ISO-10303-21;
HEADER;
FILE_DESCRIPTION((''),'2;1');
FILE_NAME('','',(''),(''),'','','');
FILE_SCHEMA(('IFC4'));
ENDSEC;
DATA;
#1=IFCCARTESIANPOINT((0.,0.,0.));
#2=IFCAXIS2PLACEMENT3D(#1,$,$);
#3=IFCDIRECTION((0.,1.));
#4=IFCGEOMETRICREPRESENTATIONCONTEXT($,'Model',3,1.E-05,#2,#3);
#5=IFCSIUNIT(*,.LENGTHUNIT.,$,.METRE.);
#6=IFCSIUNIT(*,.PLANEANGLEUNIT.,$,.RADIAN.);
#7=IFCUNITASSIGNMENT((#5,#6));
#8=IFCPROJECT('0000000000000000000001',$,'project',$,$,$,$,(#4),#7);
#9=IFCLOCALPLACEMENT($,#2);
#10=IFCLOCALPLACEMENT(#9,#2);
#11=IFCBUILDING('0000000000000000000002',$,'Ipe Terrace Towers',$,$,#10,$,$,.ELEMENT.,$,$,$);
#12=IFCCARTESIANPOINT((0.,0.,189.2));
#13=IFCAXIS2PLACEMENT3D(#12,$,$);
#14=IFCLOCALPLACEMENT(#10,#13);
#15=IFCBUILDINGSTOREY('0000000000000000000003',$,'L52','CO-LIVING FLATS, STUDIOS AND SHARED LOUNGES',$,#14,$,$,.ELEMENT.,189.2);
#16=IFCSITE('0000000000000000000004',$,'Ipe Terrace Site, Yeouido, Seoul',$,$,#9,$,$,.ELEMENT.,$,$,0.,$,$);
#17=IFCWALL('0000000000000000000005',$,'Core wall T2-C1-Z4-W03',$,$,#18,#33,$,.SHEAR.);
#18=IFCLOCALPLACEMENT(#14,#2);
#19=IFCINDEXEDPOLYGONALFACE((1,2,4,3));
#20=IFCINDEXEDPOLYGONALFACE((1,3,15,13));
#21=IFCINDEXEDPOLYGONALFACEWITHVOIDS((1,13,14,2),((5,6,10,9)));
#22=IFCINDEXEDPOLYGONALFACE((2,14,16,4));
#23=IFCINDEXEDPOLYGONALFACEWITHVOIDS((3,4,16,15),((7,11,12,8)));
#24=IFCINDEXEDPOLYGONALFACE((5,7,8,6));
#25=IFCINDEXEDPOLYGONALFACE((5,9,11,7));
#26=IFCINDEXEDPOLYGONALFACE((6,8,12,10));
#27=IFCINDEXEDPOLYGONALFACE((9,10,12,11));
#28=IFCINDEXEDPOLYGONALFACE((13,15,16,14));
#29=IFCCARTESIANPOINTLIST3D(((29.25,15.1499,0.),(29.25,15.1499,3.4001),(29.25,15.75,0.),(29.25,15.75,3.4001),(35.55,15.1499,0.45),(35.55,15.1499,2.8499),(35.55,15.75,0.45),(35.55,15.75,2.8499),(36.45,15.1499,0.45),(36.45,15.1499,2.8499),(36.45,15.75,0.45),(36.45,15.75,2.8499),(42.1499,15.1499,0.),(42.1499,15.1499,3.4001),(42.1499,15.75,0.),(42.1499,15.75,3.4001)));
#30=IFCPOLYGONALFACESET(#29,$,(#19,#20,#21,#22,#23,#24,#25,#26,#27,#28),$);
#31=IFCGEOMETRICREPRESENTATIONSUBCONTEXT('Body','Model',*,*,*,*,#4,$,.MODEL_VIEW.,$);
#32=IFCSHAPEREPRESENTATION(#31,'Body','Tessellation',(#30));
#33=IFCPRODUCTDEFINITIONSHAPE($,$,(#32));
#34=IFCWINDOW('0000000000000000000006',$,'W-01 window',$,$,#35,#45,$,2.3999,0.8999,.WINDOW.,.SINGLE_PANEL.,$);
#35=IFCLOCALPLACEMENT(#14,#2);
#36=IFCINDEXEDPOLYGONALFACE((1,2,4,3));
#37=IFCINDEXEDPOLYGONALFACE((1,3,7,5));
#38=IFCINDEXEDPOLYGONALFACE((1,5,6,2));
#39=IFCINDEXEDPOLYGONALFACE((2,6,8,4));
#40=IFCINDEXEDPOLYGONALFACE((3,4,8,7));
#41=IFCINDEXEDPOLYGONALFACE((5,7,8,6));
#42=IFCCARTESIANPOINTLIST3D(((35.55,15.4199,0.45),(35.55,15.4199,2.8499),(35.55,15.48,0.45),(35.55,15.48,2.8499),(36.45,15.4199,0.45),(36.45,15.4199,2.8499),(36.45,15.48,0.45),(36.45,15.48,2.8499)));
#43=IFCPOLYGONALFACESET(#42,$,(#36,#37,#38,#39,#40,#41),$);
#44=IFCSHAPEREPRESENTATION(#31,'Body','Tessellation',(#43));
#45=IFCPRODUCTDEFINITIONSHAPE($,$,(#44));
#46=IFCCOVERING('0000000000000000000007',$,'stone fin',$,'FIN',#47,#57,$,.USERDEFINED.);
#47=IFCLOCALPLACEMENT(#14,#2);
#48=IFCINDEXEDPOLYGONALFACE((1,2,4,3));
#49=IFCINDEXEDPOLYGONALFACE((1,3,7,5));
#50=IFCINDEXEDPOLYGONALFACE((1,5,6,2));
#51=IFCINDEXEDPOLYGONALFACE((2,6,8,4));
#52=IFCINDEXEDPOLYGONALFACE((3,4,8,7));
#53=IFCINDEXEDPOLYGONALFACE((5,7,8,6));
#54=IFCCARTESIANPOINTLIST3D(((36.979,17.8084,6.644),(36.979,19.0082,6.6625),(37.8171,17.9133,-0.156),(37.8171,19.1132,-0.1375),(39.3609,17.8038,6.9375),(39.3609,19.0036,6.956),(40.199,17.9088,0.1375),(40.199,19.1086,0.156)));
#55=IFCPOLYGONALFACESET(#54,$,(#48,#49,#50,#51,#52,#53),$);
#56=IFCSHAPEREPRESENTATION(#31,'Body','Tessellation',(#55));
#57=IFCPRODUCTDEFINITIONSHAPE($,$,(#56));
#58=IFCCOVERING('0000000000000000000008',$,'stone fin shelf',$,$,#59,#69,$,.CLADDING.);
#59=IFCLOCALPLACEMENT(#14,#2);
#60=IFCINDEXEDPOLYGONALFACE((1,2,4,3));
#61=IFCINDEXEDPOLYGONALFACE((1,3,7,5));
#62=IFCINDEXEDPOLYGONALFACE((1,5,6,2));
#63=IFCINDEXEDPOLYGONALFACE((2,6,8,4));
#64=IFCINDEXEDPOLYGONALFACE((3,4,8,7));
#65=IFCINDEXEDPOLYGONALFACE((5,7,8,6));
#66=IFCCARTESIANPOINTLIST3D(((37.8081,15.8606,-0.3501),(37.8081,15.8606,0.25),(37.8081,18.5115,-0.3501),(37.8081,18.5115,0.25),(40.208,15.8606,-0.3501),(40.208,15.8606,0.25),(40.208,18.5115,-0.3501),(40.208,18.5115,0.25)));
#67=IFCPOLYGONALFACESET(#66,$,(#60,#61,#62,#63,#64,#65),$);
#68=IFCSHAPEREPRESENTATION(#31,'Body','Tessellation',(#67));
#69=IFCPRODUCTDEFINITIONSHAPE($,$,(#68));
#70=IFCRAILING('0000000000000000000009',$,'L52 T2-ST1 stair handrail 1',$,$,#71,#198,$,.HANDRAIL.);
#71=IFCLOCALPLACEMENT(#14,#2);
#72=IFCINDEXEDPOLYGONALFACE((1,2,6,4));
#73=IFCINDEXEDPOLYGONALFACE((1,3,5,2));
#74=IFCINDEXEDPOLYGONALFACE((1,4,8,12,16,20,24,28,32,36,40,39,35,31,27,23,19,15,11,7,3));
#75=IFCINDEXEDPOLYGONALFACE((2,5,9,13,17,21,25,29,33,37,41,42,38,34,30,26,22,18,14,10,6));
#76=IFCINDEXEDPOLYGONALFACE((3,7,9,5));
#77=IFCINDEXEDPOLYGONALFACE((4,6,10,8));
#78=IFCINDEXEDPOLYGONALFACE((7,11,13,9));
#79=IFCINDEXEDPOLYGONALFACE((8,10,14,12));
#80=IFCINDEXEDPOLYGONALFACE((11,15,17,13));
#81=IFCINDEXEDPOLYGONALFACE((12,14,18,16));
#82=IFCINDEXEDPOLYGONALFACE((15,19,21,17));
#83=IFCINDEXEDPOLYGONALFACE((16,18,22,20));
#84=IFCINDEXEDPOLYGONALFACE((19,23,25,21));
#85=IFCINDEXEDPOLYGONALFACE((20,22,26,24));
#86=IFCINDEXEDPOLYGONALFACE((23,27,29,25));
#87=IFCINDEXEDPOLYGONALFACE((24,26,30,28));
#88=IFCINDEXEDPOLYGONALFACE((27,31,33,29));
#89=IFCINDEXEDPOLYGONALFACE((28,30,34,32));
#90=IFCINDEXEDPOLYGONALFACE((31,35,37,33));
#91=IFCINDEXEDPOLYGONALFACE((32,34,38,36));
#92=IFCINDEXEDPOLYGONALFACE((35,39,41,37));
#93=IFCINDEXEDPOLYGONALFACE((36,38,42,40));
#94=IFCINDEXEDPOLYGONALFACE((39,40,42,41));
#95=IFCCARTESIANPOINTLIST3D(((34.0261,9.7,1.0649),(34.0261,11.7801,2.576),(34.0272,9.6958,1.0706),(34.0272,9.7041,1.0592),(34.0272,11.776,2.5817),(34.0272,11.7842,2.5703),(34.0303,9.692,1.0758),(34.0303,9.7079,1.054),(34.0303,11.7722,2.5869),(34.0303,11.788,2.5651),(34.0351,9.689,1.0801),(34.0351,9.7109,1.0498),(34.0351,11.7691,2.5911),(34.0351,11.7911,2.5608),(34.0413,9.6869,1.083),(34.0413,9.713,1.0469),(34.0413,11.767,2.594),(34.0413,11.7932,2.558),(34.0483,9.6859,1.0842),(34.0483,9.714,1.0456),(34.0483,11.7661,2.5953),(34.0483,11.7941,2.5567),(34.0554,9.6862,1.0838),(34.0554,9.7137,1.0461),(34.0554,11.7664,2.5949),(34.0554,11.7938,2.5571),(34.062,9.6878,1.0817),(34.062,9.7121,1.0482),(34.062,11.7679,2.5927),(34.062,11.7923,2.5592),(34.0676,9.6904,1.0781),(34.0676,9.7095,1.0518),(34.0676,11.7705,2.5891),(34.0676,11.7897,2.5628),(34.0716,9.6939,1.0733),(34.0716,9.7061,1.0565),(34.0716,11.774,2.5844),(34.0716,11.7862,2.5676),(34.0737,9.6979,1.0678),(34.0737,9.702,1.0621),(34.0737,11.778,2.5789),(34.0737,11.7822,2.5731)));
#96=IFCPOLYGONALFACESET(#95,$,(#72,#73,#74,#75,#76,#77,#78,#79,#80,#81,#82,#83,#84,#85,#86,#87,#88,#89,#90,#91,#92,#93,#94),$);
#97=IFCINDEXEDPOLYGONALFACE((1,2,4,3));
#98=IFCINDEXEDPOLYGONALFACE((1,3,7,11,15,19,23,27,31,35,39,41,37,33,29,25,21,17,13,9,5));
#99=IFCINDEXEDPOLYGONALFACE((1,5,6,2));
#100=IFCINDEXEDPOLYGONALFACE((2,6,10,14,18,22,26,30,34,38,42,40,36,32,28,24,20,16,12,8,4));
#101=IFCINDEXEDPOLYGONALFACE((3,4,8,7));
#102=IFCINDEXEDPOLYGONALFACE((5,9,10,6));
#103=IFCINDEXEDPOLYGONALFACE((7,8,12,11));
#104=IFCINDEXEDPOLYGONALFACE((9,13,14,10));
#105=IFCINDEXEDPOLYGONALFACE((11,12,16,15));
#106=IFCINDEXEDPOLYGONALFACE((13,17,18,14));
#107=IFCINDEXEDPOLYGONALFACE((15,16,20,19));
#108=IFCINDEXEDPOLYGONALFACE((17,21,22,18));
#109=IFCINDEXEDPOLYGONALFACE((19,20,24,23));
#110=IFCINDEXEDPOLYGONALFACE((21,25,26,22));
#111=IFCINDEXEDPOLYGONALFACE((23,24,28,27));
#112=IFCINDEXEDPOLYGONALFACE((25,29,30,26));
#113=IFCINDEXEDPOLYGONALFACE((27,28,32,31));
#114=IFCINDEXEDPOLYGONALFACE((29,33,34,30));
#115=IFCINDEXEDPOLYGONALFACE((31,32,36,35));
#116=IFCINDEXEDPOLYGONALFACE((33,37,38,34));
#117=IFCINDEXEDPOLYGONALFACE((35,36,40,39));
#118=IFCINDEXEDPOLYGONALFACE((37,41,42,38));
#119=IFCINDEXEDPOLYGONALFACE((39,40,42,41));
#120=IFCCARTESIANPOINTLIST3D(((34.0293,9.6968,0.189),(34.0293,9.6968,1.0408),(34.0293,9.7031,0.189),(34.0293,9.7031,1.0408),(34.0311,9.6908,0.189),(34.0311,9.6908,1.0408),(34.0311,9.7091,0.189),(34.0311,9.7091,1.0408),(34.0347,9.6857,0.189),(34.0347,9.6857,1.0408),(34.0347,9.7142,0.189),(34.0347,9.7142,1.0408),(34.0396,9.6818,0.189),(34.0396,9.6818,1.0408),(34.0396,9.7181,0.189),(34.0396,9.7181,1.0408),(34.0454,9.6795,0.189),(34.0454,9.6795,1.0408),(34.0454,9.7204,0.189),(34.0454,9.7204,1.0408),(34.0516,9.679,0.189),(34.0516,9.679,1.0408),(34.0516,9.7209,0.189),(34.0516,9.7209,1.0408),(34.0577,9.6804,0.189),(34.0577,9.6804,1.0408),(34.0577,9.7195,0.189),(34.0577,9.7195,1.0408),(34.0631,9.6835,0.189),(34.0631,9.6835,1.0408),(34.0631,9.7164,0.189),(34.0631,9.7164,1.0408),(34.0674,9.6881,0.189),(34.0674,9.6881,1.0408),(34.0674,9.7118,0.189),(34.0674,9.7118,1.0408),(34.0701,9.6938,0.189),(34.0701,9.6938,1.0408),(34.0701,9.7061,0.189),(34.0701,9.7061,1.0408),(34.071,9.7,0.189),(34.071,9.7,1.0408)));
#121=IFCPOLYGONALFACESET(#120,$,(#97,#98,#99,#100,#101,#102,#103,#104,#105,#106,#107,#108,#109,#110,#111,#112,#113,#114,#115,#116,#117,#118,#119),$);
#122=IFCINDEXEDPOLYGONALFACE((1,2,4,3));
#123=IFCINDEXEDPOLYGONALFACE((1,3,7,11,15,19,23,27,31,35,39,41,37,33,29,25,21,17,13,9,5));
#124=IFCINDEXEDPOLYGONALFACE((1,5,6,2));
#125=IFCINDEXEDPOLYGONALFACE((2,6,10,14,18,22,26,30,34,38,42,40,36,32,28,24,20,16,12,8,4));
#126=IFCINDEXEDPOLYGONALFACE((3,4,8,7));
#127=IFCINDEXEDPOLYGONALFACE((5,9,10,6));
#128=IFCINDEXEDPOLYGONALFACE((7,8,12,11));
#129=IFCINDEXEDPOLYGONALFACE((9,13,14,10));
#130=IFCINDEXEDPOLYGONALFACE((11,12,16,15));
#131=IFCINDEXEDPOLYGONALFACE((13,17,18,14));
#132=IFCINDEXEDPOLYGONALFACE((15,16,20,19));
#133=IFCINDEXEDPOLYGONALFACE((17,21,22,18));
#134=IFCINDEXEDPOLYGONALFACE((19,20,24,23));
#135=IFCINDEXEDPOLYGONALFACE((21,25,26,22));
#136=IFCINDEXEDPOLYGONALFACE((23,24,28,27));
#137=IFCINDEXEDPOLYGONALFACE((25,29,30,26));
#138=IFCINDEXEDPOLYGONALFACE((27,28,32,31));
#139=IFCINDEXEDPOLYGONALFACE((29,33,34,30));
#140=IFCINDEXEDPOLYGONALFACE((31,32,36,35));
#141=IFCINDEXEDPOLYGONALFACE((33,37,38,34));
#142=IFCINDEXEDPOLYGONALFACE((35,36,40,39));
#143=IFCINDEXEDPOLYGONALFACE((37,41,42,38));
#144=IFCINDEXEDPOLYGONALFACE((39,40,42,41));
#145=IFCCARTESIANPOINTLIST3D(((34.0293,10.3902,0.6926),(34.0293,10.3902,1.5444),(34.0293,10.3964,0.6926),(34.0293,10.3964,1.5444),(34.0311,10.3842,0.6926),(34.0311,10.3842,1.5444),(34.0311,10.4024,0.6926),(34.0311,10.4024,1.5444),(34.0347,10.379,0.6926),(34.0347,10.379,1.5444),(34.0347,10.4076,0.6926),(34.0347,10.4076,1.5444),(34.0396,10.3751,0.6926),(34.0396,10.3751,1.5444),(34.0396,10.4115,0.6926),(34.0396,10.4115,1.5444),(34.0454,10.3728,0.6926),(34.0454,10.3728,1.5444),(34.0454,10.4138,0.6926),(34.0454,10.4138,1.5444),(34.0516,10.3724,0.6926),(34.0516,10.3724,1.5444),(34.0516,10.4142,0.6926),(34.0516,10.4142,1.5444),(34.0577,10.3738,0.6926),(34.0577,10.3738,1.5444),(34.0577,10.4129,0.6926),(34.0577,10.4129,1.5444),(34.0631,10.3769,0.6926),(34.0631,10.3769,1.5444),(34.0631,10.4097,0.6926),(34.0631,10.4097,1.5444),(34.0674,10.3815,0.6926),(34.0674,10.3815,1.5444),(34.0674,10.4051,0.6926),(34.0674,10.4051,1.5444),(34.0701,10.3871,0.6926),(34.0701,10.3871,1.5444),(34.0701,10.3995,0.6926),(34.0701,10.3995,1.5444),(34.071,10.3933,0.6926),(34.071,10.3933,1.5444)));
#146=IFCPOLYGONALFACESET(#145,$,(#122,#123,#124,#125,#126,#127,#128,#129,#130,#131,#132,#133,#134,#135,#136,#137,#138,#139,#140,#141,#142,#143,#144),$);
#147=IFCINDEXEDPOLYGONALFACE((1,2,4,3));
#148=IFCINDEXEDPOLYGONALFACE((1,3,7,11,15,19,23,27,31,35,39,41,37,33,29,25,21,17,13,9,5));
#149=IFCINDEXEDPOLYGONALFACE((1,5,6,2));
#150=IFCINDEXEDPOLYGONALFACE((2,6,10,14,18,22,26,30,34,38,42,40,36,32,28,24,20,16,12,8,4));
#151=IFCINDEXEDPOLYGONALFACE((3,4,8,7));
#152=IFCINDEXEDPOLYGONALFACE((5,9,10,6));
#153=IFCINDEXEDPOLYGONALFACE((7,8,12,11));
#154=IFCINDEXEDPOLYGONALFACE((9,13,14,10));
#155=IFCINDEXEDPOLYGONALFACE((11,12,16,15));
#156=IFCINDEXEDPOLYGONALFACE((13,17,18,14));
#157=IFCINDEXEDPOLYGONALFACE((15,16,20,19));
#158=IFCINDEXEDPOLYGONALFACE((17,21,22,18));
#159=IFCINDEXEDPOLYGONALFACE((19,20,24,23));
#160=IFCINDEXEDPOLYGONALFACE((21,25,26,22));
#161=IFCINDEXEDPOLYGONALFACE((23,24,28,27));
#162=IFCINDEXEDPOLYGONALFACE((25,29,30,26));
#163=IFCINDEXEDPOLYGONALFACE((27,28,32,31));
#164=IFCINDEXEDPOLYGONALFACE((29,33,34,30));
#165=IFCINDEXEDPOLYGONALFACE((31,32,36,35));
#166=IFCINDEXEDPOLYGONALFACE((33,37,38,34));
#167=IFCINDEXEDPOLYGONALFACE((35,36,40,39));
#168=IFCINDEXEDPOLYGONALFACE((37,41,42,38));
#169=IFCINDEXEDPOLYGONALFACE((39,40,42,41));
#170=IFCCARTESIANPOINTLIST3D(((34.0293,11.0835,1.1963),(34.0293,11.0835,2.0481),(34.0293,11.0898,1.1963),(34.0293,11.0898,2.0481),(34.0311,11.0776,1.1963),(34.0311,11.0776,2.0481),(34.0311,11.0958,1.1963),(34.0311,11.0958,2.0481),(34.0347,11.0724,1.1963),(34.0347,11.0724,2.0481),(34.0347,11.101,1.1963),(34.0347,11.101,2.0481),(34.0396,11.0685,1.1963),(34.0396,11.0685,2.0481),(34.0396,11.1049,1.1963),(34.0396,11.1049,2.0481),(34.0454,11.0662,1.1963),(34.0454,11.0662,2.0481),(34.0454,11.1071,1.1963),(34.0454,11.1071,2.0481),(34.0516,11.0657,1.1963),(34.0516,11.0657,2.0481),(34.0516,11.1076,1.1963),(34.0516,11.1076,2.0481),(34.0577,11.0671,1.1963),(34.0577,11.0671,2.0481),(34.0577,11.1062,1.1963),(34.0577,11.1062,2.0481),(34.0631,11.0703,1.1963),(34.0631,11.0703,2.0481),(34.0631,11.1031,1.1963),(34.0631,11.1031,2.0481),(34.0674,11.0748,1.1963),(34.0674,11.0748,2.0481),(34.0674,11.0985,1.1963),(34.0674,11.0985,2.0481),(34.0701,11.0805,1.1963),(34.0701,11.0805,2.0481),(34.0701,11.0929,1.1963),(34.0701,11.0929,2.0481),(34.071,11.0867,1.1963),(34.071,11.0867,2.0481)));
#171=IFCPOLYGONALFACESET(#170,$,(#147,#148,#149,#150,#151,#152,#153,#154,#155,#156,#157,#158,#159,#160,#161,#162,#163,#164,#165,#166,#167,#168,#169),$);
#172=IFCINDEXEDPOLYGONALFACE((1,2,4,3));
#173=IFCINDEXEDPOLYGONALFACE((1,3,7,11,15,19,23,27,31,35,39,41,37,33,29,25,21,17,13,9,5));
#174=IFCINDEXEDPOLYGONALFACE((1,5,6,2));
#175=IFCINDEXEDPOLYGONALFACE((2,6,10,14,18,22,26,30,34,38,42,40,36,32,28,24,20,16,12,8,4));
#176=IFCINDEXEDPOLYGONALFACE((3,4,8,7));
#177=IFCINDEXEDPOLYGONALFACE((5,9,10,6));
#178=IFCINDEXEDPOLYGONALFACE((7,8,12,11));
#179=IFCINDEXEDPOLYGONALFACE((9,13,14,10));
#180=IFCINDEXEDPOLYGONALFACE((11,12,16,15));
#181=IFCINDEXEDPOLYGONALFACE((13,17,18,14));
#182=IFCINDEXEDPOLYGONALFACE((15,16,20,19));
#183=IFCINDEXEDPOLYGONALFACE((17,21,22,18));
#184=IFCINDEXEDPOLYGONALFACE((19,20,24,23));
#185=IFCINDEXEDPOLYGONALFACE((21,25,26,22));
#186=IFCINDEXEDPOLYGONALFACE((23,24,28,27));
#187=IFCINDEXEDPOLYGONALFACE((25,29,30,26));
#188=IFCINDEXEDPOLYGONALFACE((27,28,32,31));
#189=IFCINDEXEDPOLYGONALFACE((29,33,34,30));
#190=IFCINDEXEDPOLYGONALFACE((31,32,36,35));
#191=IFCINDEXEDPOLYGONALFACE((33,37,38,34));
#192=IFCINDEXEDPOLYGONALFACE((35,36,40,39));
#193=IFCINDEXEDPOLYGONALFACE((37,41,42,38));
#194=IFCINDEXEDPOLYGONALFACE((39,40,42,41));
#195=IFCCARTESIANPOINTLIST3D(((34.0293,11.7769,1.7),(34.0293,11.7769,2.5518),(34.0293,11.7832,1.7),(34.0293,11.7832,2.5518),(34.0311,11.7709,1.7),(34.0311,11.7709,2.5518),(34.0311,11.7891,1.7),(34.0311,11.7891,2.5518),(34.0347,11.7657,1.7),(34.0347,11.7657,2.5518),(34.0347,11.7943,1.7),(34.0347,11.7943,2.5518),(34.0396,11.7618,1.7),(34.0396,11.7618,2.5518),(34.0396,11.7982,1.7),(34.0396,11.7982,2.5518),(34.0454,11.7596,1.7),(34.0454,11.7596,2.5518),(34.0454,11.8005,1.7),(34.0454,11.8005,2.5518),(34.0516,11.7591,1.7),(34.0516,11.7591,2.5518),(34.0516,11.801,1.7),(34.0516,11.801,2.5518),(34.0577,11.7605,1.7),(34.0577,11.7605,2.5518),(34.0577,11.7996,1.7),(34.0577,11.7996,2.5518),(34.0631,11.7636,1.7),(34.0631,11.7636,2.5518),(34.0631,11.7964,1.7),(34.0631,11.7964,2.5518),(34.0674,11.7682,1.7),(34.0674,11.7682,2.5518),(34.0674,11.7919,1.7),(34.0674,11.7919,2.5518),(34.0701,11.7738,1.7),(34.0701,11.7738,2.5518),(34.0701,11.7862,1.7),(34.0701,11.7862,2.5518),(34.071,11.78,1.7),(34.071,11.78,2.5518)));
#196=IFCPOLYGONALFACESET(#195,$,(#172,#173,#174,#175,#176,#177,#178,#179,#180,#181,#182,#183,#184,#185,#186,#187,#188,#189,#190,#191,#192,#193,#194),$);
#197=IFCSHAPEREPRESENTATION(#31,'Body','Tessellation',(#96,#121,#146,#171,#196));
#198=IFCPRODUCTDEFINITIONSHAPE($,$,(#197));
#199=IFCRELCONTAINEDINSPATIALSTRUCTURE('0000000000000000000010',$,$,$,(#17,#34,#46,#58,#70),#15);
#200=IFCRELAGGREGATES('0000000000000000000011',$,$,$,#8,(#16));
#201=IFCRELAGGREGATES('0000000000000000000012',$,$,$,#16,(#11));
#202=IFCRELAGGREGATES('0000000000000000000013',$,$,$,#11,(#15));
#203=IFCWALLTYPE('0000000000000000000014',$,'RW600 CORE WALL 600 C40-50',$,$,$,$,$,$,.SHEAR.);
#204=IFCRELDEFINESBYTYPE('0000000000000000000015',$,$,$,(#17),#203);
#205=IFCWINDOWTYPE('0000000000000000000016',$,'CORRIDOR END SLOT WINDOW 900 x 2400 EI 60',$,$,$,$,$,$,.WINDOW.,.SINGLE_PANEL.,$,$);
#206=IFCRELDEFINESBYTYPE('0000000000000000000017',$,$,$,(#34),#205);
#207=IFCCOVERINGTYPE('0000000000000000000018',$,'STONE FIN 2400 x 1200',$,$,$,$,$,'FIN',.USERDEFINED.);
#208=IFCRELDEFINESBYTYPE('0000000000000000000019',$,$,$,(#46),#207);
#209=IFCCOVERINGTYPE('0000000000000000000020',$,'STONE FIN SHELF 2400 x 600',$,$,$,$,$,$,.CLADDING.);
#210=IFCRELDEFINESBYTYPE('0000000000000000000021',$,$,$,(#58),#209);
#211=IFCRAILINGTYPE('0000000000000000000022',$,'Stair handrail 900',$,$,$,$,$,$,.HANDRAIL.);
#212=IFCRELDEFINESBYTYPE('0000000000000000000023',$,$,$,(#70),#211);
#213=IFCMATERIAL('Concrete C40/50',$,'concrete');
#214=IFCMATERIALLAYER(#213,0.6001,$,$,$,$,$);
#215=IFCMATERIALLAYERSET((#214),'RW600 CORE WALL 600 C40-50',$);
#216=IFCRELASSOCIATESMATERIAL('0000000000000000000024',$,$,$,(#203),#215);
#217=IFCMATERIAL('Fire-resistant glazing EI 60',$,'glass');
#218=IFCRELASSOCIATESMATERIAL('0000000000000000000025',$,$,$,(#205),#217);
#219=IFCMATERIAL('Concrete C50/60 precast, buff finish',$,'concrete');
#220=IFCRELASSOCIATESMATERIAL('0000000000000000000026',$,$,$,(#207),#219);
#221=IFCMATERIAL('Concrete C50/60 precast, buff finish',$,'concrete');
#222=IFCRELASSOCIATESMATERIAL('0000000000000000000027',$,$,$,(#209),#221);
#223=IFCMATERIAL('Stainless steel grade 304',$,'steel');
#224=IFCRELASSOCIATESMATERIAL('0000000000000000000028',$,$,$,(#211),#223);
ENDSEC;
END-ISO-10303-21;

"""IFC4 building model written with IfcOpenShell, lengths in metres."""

from ifc_helpers import new_model, si_unit, direction, frame, frame_2d, origin, origin_2d, place, context, subcontext, project, spatial, rectangle, circle, extrude, material, layer, layer_set, material_profile, profile_set, type_object, element, fill, save


model = new_model("IFC4")

# Units and contexts
model_context = context("Model", 3, precision=1e-05, world=origin(), true_north=direction((0.0, 1.0)))
body_context = subcontext(model_context, "Body", "Model", "MODEL_VIEW")
ifc_project = project(units=[si_unit("LENGTHUNIT", "METRE"), si_unit("PLANEANGLEUNIT", "RADIAN")], contexts=[model_context])

# Site, building, storey
site_placement = place(None, origin())
site = spatial("IfcSite", under=ifc_project, at=site_placement, Name="Ipe Terrace Site, Yeouido, Seoul", CompositionType="ELEMENT", RefElevation=0.0)
building_placement = place(site_placement, origin())
building = spatial("IfcBuilding", under=site, at=building_placement, Name="Ipe Terrace Towers", CompositionType="ELEMENT")
storey_placement = place(building_placement, frame((0.0, 0.0, 189.2)))
storey = spatial("IfcBuildingStorey", under=building, at=storey_placement, Name="L52", Description="CO-LIVING FLATS, STUDIOS AND SHARED LOUNGES", CompositionType="ELEMENT", Elevation=189.2)

# Shared definitions
ifc_material_1 = material(Name="Concrete C40/50", Category="concrete")
ifc_layer_1 = layer(ifc_material_1, 0.6001)
ifc_layer_set_1 = layer_set([ifc_layer_1], Name="RW600 CORE WALL 600 C40-50")
wall_type_1 = type_object("IfcWallType", Name="RW600 CORE WALL 600 C40-50", PredefinedType="SHEAR", material=ifc_layer_set_1)

# Wall, opening, window
wall_1_placement = place(storey_placement, frame((42.1499, 15.45, 0.0), z_axis=(0.0, 0.0, 1.0), x_axis=(-1.0, 0.0, 0.0)))
wall_1 = element("IfcWall", 1, at=wall_1_placement, inside=storey, type_object=wall_type_1, Name="Core wall T2-C1-Z4-W03", PredefinedType="SHEAR", context=body_context, shape_type="SweptSolid", body=[
    extrude(rectangle(XDim=12.8999, YDim=0.6001, at=frame_2d((6.45, 0.0))), origin(), (0.0, 0.0, 1.0), 3.4001),
])
opening_1_placement = place(wall_1_placement, frame((5.7, 0.0, 0.45)))
opening_1 = element("IfcOpeningElement", 2, at=opening_1_placement, cuts=wall_1, PredefinedType="OPENING", context=body_context, shape_type="SweptSolid", body=[
    extrude(rectangle(XDim=0.8999, YDim=2.3999, at=frame_2d((0.45, 1.2))), frame((0.0, 0.3101, 0.0), z_axis=(0.0, -1.0, 0.0), x_axis=(1.0, 0.0, 0.0)), (0.0, 0.0, 1.0), 0.6201),
])
ifc_material_2 = material(Name="Fire-resistant glazing EI 60", Category="glass")
window_type = type_object("IfcWindowType", Name="CORRIDOR END SLOT WINDOW 900 x 2400 EI 60", PartitioningType="SINGLE_PANEL", PredefinedType="WINDOW", material=ifc_material_2)
window_placement = place(opening_1_placement, origin())
window = element("IfcWindow", 3, at=window_placement, inside=storey, type_object=window_type, Name="W-01 window", OverallHeight=2.3999, OverallWidth=0.8999, PartitioningType="SINGLE_PANEL", PredefinedType="WINDOW", context=body_context, shape_type="SweptSolid", body=[
    extrude(rectangle(XDim=0.8999, YDim=2.3999, at=frame_2d((0.45, 1.2))), frame((0.0, 0.03, 0.0), z_axis=(0.0, -1.0, 0.0), x_axis=(1.0, 0.0, 0.0)), (0.0, 0.0, 1.0), 0.0601),
])
fill(opening_1, window)

# Coverings
ifc_material_3 = material(Name="Concrete C50/60 precast, buff finish", Category="concrete")
ifc_material_profile_1 = material_profile(ifc_material_3, rectangle(XDim=2.3999, YDim=1.2, at=origin_2d()), Name="STONE FIN 2400 x 1200")
ifc_profile_set_1 = profile_set([ifc_material_profile_1], Name="Concrete C50/60 precast, buff finish")
covering_type_1 = type_object("IfcCoveringType", Name="STONE FIN 2400 x 1200", ElementType="FIN", PredefinedType="USERDEFINED", material=ifc_profile_set_1)
covering_1_placement = place(storey_placement, frame((39.0081, 18.511, 0.0), z_axis=(-0.122314, -0.01532, 0.992373), x_axis=(-0.992491, 0.001888, -0.1223)))
element("IfcCovering", 4, at=covering_1_placement, inside=storey, type_object=covering_type_1, Name="stone fin", ObjectType="FIN", PredefinedType="USERDEFINED", context=body_context, shape_type="SweptSolid", body=[
    extrude(rectangle(XDim=2.3999, YDim=1.2, at=origin_2d()), origin(), (0.0, 0.0, 1.0), 6.8523),
])
ifc_material_4 = material(Name="Concrete C50/60 precast, buff finish", Category="concrete")
covering_type_2 = type_object("IfcCoveringType", Name="STONE FIN SHELF 2400 x 600", PredefinedType="CLADDING", material=ifc_material_4)
covering_2_placement = place(storey_placement, frame((39.0081, 17.186, -0.3501), z_axis=(0.0, 0.0, 1.0), x_axis=(-1.0, 0.0, 0.0)))
element("IfcCovering", 5, at=covering_2_placement, inside=storey, type_object=covering_type_2, Name="stone fin shelf", PredefinedType="CLADDING", context=body_context, shape_type="SweptSolid", body=[
    extrude(rectangle(XDim=2.3999, YDim=2.6509, at=origin_2d()), origin(), (0.0, 0.0, 1.0), 0.6001),
])

# Railing
ifc_material_5 = material(Name="Stainless steel grade 304", Category="steel")
railing_type = type_object("IfcRailingType", Name="Stair handrail 900", PredefinedType="HANDRAIL", material=ifc_material_5)
railing_placement = place(storey_placement, frame((34.05, 9.7, 0.189)))
element("IfcRailing", 6, at=railing_placement, inside=storey, type_object=railing_type, Name="L52 T2-ST1 stair handrail 1", PredefinedType="HANDRAIL", context=body_context, shape_type="SweptSolid", body=[
    extrude(circle(Radius=0.0239, at=origin_2d()), frame((0.0, 0.0, 0.876), z_axis=(0.0, 0.809069, 0.587714), x_axis=(-1.0, 0.0, 0.0)), (0.0, 0.0, 1.0), 2.571),
    extrude(circle(Radius=0.021, at=origin_2d()), origin(), (0.0, 0.0, 1.0), 0.8518),
    extrude(circle(Radius=0.021, at=origin_2d()), frame((0.0, 0.6934, 0.5037)), (0.0, 0.0, 1.0), 0.8518),
    extrude(circle(Radius=0.021, at=origin_2d()), frame((0.0, 1.3867, 1.0073)), (0.0, 0.0, 1.0), 0.8518),
    extrude(circle(Radius=0.021, at=origin_2d()), frame((0.0, 2.0801, 1.511)), (0.0, 0.0, 1.0), 0.8518),
])

save(model, "model.ifc")
